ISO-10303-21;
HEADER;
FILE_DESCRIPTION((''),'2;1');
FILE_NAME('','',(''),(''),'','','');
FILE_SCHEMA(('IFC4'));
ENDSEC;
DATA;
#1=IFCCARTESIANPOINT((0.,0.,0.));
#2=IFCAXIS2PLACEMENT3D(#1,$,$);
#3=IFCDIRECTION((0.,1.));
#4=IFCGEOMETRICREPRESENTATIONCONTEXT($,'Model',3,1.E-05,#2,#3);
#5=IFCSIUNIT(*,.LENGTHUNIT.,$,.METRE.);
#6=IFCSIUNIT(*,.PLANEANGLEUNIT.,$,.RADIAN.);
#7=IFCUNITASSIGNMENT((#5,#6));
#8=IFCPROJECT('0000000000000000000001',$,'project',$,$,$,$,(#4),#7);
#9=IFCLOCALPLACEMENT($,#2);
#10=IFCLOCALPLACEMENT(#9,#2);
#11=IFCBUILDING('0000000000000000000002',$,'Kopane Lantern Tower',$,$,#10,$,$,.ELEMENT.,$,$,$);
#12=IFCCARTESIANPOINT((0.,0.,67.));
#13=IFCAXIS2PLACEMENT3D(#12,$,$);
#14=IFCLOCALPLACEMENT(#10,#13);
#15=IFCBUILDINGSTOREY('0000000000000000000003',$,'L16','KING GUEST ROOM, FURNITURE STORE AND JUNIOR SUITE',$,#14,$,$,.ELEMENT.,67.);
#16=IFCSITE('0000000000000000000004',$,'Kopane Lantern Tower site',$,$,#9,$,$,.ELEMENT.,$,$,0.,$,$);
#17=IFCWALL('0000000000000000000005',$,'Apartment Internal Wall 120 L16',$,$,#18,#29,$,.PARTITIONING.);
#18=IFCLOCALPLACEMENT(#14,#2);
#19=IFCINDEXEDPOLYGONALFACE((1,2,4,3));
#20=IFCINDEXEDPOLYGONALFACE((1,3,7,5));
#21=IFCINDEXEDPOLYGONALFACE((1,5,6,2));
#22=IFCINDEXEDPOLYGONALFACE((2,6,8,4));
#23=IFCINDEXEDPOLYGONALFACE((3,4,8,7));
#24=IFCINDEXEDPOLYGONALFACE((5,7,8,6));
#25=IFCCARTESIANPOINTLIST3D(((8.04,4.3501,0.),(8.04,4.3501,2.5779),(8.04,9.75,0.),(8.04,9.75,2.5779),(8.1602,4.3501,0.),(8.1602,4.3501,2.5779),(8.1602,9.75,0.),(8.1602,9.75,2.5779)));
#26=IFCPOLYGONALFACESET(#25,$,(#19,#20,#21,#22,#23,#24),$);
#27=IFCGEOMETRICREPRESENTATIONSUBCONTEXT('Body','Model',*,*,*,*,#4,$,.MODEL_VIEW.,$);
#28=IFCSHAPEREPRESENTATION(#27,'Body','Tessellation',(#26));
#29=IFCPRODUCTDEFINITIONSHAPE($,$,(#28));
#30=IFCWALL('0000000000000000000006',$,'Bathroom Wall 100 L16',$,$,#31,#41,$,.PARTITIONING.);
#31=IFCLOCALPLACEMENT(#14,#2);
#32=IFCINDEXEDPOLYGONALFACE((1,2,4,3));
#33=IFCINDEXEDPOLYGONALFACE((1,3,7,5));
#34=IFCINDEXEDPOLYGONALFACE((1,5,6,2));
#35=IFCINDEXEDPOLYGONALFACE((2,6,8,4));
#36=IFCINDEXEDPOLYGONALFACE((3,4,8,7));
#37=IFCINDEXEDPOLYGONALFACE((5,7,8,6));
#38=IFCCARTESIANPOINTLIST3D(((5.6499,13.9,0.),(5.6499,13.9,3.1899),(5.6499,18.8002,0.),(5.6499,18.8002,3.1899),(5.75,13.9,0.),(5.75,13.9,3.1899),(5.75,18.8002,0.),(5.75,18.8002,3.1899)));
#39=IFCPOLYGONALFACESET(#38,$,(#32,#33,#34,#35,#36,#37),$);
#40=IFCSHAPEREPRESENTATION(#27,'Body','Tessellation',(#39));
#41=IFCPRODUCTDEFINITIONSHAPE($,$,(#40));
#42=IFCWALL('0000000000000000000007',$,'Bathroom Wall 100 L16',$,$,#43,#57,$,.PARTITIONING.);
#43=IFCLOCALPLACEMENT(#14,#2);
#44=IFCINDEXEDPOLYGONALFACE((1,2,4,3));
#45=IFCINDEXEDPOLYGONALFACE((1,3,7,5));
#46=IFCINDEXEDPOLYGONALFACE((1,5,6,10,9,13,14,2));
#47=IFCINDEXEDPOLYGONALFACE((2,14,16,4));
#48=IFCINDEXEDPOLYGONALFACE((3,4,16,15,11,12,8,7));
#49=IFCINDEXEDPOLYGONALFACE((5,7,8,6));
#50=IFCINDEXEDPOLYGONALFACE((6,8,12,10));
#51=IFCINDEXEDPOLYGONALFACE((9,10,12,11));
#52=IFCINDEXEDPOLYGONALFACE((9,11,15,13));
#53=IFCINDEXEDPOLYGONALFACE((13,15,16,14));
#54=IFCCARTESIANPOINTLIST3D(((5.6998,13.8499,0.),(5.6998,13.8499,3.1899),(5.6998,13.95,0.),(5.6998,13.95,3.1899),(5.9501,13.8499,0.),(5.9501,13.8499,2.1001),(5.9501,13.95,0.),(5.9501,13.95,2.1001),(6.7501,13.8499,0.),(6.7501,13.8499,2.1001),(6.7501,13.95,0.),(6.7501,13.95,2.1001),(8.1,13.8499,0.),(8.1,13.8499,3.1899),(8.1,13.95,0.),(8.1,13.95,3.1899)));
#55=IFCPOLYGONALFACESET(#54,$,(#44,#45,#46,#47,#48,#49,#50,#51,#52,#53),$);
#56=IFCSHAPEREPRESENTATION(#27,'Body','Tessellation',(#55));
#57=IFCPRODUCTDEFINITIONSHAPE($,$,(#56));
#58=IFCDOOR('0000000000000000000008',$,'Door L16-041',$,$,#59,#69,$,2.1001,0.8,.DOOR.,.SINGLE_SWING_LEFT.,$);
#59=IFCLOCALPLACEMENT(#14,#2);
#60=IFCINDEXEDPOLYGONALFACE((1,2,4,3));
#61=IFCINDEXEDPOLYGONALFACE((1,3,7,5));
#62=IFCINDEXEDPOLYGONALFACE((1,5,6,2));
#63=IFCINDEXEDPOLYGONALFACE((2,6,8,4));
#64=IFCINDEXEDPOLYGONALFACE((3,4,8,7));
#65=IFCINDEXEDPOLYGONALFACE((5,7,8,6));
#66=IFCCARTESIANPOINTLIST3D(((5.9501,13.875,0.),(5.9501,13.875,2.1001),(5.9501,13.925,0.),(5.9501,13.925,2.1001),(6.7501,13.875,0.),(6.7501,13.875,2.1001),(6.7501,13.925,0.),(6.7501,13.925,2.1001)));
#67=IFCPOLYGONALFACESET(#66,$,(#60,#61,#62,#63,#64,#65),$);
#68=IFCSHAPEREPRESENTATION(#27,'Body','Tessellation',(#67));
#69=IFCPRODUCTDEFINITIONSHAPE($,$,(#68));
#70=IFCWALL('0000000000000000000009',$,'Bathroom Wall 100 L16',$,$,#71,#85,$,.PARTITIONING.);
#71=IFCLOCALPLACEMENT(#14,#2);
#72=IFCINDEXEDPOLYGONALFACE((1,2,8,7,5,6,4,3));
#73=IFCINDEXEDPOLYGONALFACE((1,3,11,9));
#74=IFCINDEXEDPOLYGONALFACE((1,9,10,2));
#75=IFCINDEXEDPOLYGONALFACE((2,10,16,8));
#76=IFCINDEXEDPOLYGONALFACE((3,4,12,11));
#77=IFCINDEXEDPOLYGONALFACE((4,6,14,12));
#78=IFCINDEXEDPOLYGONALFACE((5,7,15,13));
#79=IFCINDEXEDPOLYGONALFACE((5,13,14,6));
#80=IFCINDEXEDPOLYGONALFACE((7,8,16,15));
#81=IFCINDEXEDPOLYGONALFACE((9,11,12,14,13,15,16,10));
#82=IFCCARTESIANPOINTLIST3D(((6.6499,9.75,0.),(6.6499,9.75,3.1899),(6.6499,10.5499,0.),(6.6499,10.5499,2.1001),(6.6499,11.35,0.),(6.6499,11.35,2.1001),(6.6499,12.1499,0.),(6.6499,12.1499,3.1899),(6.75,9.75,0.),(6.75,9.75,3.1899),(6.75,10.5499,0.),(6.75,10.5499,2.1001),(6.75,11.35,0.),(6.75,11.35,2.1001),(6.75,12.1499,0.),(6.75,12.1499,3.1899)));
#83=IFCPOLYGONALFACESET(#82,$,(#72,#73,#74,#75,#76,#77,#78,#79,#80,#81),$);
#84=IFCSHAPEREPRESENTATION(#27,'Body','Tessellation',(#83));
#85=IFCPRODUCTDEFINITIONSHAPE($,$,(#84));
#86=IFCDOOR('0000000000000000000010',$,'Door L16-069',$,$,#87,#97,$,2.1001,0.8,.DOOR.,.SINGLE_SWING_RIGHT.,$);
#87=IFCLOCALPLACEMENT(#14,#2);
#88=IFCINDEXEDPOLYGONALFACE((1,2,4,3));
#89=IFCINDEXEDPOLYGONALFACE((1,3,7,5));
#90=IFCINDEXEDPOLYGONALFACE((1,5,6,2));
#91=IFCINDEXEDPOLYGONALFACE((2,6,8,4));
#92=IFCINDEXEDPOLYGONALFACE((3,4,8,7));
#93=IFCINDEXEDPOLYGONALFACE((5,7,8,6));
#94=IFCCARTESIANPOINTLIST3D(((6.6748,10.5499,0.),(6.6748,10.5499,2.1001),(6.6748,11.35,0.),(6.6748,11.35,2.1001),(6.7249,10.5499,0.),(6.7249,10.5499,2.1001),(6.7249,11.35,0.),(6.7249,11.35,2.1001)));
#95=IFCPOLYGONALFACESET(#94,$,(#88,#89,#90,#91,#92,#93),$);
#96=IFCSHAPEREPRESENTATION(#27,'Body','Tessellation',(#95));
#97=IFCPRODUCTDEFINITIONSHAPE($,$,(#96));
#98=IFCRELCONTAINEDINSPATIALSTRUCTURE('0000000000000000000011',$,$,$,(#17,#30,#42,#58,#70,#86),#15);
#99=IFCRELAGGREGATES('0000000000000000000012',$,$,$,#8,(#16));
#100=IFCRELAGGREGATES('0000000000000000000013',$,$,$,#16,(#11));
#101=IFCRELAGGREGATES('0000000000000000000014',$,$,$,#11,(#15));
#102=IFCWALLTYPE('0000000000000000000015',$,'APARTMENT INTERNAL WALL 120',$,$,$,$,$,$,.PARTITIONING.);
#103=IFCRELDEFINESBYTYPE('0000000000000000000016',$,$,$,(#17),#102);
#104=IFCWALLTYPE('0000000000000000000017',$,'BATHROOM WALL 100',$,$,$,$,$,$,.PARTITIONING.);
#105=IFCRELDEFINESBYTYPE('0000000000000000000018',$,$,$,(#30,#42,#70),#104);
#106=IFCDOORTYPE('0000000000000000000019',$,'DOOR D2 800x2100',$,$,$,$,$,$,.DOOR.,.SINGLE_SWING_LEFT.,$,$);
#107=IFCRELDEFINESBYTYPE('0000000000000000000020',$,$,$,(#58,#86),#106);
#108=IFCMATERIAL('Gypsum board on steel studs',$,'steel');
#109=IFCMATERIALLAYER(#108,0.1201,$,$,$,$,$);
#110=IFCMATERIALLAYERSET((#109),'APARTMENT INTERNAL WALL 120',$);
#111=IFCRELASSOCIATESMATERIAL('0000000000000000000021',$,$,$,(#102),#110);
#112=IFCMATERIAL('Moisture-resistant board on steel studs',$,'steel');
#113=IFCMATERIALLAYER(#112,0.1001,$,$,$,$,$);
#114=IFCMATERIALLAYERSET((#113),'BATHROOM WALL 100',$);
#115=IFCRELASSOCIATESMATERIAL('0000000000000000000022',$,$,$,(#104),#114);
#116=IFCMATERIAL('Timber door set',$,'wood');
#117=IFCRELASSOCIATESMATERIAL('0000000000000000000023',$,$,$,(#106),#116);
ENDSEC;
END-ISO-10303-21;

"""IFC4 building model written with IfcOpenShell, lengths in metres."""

from ifc_helpers import new_model, si_unit, direction, frame, frame_2d, origin, place, context, subcontext, project, spatial, rectangle, extrude, material, layer, layer_set, type_object, element, fill, save


model = new_model("IFC4")

# Units and contexts
model_context = context("Model", 3, precision=1e-05, world=origin(), true_north=direction((0.0, 1.0)))
body_context = subcontext(model_context, "Body", "Model", "MODEL_VIEW")
ifc_project = project(units=[si_unit("LENGTHUNIT", "METRE"), si_unit("PLANEANGLEUNIT", "RADIAN")], contexts=[model_context])

# Site, building, storey
site_placement = place(None, origin())
site = spatial("IfcSite", under=ifc_project, at=site_placement, Name="Kopane Lantern Tower site", CompositionType="ELEMENT", RefElevation=0.0)
building_placement = place(site_placement, origin())
building = spatial("IfcBuilding", under=site, at=building_placement, Name="Kopane Lantern Tower", CompositionType="ELEMENT")
storey_placement = place(building_placement, frame((0.0, 0.0, 67.0)))
storey = spatial("IfcBuildingStorey", under=building, at=storey_placement, Name="L16", Description="KING GUEST ROOM, FURNITURE STORE AND JUNIOR SUITE", CompositionType="ELEMENT", Elevation=67.0)

# Walls
ifc_material_1 = material(Name="Gypsum board on steel studs", Category="steel")
ifc_layer_1 = layer(ifc_material_1, 0.1201)
ifc_layer_set_1 = layer_set([ifc_layer_1], Name="APARTMENT INTERNAL WALL 120")
wall_type_1 = type_object("IfcWallType", Name="APARTMENT INTERNAL WALL 120", PredefinedType="PARTITIONING", material=ifc_layer_set_1)
wall_1_placement = place(storey_placement, frame((8.1001, 9.75, 0.0), z_axis=(0.0, 0.0, 1.0), x_axis=(0.0, -1.0, 0.0)))
element("IfcWall", 1, at=wall_1_placement, inside=storey, type_object=wall_type_1, Name="Apartment Internal Wall 120 L16", PredefinedType="PARTITIONING", context=body_context, shape_type="SweptSolid", body=[
    extrude(rectangle(XDim=5.3999, YDim=0.1201, at=frame_2d((2.7, 0.0))), origin(), (0.0, 0.0, 1.0), 2.5779),
])
ifc_material_2 = material(Name="Moisture-resistant board on steel studs", Category="steel")
ifc_layer_2 = layer(ifc_material_2, 0.1001)
ifc_layer_set_2 = layer_set([ifc_layer_2], Name="BATHROOM WALL 100")
wall_type_2 = type_object("IfcWallType", Name="BATHROOM WALL 100", PredefinedType="PARTITIONING", material=ifc_layer_set_2)
wall_2_placement = place(storey_placement, frame((5.7, 13.8999, 0.0), z_axis=(0.0, 0.0, 1.0), x_axis=(0.0, 1.0, 0.0)))
element("IfcWall", 2, at=wall_2_placement, inside=storey, type_object=wall_type_2, Name="Bathroom Wall 100 L16", PredefinedType="PARTITIONING", context=body_context, shape_type="SweptSolid", body=[
    extrude(rectangle(XDim=4.9001, YDim=0.1001, at=frame_2d((2.4502, 0.0))), origin(), (0.0, 0.0, 1.0), 3.1899),
])

# Walls, openings, doors
wall_3_placement = place(storey_placement, frame((8.1001, 13.8999, 0.0), z_axis=(0.0, 0.0, 1.0), x_axis=(-1.0, 0.0, 0.0)))
wall_3 = element("IfcWall", 3, at=wall_3_placement, inside=storey, type_object=wall_type_2, Name="Bathroom Wall 100 L16", PredefinedType="PARTITIONING", context=body_context, shape_type="SweptSolid", body=[
    extrude(rectangle(XDim=2.4001, YDim=0.1001, at=frame_2d((1.2002, 0.0))), origin(), (0.0, 0.0, 1.0), 3.1899),
])
opening_1_placement = place(wall_3_placement, frame((1.3501, 0.0, 0.0)))
opening_1 = element("IfcOpeningElement", 4, at=opening_1_placement, cuts=wall_3, PredefinedType="OPENING", context=body_context, shape_type="SweptSolid", body=[
    extrude(rectangle(XDim=0.8, YDim=2.1001, at=frame_2d((0.3999, 1.05))), frame((0.0, 0.0601, 0.0), z_axis=(0.0, -1.0, 0.0), x_axis=(1.0, 0.0, 0.0)), (0.0, 0.0, 1.0), 0.1201),
])
ifc_material_3 = material(Name="Timber door set", Category="wood")
door_type_1 = type_object("IfcDoorType", Name="DOOR D2 800x2100", OperationType="SINGLE_SWING_LEFT", PredefinedType="DOOR", material=ifc_material_3)
door_1_placement = place(opening_1_placement, origin())
door_1 = element("IfcDoor", 5, at=door_1_placement, inside=storey, type_object=door_type_1, Name="Door L16-041", OperationType="SINGLE_SWING_LEFT", OverallHeight=2.1001, OverallWidth=0.8, PredefinedType="DOOR", context=body_context, shape_type="SweptSolid", body=[
    extrude(rectangle(XDim=0.8, YDim=2.1001, at=frame_2d((0.3999, 1.05))), frame((0.0, 0.0249, 0.0), z_axis=(0.0, -1.0, 0.0), x_axis=(1.0, 0.0, 0.0)), (0.0, 0.0, 1.0), 0.05),
])
fill(opening_1, door_1)
wall_4_placement = place(storey_placement, frame((6.7, 12.1499, 0.0), z_axis=(0.0, 0.0, 1.0), x_axis=(0.0, -1.0, 0.0)))
wall_4 = element("IfcWall", 6, at=wall_4_placement, inside=storey, type_object=wall_type_2, Name="Bathroom Wall 100 L16", PredefinedType="PARTITIONING", context=body_context, shape_type="SweptSolid", body=[
    extrude(rectangle(XDim=2.3999, YDim=0.1001, at=frame_2d((1.2, 0.0))), origin(), (0.0, 0.0, 1.0), 3.1899),
])
opening_2_placement = place(wall_4_placement, frame((0.8, 0.0, 0.0)))
opening_2 = element("IfcOpeningElement", 7, at=opening_2_placement, cuts=wall_4, PredefinedType="OPENING", context=body_context, shape_type="SweptSolid", body=[
    extrude(rectangle(XDim=0.8, YDim=2.1001, at=frame_2d((0.3999, 1.05))), frame((0.0, 0.0601, 0.0), z_axis=(0.0, -1.0, 0.0), x_axis=(1.0, 0.0, 0.0)), (0.0, 0.0, 1.0), 0.1201),
])
door_2_placement = place(opening_2_placement, origin())
door_2 = element("IfcDoor", 8, at=door_2_placement, inside=storey, type_object=door_type_1, Name="Door L16-069", OperationType="SINGLE_SWING_RIGHT", OverallHeight=2.1001, OverallWidth=0.8, PredefinedType="DOOR", context=body_context, shape_type="SweptSolid", body=[
    extrude(rectangle(XDim=0.8, YDim=2.1001, at=frame_2d((0.3999, 1.05))), frame((0.0, 0.0249, 0.0), z_axis=(0.0, -1.0, 0.0), x_axis=(1.0, 0.0, 0.0)), (0.0, 0.0, 1.0), 0.05),
])
fill(opening_2, door_2)

save(model, "model.ifc")
